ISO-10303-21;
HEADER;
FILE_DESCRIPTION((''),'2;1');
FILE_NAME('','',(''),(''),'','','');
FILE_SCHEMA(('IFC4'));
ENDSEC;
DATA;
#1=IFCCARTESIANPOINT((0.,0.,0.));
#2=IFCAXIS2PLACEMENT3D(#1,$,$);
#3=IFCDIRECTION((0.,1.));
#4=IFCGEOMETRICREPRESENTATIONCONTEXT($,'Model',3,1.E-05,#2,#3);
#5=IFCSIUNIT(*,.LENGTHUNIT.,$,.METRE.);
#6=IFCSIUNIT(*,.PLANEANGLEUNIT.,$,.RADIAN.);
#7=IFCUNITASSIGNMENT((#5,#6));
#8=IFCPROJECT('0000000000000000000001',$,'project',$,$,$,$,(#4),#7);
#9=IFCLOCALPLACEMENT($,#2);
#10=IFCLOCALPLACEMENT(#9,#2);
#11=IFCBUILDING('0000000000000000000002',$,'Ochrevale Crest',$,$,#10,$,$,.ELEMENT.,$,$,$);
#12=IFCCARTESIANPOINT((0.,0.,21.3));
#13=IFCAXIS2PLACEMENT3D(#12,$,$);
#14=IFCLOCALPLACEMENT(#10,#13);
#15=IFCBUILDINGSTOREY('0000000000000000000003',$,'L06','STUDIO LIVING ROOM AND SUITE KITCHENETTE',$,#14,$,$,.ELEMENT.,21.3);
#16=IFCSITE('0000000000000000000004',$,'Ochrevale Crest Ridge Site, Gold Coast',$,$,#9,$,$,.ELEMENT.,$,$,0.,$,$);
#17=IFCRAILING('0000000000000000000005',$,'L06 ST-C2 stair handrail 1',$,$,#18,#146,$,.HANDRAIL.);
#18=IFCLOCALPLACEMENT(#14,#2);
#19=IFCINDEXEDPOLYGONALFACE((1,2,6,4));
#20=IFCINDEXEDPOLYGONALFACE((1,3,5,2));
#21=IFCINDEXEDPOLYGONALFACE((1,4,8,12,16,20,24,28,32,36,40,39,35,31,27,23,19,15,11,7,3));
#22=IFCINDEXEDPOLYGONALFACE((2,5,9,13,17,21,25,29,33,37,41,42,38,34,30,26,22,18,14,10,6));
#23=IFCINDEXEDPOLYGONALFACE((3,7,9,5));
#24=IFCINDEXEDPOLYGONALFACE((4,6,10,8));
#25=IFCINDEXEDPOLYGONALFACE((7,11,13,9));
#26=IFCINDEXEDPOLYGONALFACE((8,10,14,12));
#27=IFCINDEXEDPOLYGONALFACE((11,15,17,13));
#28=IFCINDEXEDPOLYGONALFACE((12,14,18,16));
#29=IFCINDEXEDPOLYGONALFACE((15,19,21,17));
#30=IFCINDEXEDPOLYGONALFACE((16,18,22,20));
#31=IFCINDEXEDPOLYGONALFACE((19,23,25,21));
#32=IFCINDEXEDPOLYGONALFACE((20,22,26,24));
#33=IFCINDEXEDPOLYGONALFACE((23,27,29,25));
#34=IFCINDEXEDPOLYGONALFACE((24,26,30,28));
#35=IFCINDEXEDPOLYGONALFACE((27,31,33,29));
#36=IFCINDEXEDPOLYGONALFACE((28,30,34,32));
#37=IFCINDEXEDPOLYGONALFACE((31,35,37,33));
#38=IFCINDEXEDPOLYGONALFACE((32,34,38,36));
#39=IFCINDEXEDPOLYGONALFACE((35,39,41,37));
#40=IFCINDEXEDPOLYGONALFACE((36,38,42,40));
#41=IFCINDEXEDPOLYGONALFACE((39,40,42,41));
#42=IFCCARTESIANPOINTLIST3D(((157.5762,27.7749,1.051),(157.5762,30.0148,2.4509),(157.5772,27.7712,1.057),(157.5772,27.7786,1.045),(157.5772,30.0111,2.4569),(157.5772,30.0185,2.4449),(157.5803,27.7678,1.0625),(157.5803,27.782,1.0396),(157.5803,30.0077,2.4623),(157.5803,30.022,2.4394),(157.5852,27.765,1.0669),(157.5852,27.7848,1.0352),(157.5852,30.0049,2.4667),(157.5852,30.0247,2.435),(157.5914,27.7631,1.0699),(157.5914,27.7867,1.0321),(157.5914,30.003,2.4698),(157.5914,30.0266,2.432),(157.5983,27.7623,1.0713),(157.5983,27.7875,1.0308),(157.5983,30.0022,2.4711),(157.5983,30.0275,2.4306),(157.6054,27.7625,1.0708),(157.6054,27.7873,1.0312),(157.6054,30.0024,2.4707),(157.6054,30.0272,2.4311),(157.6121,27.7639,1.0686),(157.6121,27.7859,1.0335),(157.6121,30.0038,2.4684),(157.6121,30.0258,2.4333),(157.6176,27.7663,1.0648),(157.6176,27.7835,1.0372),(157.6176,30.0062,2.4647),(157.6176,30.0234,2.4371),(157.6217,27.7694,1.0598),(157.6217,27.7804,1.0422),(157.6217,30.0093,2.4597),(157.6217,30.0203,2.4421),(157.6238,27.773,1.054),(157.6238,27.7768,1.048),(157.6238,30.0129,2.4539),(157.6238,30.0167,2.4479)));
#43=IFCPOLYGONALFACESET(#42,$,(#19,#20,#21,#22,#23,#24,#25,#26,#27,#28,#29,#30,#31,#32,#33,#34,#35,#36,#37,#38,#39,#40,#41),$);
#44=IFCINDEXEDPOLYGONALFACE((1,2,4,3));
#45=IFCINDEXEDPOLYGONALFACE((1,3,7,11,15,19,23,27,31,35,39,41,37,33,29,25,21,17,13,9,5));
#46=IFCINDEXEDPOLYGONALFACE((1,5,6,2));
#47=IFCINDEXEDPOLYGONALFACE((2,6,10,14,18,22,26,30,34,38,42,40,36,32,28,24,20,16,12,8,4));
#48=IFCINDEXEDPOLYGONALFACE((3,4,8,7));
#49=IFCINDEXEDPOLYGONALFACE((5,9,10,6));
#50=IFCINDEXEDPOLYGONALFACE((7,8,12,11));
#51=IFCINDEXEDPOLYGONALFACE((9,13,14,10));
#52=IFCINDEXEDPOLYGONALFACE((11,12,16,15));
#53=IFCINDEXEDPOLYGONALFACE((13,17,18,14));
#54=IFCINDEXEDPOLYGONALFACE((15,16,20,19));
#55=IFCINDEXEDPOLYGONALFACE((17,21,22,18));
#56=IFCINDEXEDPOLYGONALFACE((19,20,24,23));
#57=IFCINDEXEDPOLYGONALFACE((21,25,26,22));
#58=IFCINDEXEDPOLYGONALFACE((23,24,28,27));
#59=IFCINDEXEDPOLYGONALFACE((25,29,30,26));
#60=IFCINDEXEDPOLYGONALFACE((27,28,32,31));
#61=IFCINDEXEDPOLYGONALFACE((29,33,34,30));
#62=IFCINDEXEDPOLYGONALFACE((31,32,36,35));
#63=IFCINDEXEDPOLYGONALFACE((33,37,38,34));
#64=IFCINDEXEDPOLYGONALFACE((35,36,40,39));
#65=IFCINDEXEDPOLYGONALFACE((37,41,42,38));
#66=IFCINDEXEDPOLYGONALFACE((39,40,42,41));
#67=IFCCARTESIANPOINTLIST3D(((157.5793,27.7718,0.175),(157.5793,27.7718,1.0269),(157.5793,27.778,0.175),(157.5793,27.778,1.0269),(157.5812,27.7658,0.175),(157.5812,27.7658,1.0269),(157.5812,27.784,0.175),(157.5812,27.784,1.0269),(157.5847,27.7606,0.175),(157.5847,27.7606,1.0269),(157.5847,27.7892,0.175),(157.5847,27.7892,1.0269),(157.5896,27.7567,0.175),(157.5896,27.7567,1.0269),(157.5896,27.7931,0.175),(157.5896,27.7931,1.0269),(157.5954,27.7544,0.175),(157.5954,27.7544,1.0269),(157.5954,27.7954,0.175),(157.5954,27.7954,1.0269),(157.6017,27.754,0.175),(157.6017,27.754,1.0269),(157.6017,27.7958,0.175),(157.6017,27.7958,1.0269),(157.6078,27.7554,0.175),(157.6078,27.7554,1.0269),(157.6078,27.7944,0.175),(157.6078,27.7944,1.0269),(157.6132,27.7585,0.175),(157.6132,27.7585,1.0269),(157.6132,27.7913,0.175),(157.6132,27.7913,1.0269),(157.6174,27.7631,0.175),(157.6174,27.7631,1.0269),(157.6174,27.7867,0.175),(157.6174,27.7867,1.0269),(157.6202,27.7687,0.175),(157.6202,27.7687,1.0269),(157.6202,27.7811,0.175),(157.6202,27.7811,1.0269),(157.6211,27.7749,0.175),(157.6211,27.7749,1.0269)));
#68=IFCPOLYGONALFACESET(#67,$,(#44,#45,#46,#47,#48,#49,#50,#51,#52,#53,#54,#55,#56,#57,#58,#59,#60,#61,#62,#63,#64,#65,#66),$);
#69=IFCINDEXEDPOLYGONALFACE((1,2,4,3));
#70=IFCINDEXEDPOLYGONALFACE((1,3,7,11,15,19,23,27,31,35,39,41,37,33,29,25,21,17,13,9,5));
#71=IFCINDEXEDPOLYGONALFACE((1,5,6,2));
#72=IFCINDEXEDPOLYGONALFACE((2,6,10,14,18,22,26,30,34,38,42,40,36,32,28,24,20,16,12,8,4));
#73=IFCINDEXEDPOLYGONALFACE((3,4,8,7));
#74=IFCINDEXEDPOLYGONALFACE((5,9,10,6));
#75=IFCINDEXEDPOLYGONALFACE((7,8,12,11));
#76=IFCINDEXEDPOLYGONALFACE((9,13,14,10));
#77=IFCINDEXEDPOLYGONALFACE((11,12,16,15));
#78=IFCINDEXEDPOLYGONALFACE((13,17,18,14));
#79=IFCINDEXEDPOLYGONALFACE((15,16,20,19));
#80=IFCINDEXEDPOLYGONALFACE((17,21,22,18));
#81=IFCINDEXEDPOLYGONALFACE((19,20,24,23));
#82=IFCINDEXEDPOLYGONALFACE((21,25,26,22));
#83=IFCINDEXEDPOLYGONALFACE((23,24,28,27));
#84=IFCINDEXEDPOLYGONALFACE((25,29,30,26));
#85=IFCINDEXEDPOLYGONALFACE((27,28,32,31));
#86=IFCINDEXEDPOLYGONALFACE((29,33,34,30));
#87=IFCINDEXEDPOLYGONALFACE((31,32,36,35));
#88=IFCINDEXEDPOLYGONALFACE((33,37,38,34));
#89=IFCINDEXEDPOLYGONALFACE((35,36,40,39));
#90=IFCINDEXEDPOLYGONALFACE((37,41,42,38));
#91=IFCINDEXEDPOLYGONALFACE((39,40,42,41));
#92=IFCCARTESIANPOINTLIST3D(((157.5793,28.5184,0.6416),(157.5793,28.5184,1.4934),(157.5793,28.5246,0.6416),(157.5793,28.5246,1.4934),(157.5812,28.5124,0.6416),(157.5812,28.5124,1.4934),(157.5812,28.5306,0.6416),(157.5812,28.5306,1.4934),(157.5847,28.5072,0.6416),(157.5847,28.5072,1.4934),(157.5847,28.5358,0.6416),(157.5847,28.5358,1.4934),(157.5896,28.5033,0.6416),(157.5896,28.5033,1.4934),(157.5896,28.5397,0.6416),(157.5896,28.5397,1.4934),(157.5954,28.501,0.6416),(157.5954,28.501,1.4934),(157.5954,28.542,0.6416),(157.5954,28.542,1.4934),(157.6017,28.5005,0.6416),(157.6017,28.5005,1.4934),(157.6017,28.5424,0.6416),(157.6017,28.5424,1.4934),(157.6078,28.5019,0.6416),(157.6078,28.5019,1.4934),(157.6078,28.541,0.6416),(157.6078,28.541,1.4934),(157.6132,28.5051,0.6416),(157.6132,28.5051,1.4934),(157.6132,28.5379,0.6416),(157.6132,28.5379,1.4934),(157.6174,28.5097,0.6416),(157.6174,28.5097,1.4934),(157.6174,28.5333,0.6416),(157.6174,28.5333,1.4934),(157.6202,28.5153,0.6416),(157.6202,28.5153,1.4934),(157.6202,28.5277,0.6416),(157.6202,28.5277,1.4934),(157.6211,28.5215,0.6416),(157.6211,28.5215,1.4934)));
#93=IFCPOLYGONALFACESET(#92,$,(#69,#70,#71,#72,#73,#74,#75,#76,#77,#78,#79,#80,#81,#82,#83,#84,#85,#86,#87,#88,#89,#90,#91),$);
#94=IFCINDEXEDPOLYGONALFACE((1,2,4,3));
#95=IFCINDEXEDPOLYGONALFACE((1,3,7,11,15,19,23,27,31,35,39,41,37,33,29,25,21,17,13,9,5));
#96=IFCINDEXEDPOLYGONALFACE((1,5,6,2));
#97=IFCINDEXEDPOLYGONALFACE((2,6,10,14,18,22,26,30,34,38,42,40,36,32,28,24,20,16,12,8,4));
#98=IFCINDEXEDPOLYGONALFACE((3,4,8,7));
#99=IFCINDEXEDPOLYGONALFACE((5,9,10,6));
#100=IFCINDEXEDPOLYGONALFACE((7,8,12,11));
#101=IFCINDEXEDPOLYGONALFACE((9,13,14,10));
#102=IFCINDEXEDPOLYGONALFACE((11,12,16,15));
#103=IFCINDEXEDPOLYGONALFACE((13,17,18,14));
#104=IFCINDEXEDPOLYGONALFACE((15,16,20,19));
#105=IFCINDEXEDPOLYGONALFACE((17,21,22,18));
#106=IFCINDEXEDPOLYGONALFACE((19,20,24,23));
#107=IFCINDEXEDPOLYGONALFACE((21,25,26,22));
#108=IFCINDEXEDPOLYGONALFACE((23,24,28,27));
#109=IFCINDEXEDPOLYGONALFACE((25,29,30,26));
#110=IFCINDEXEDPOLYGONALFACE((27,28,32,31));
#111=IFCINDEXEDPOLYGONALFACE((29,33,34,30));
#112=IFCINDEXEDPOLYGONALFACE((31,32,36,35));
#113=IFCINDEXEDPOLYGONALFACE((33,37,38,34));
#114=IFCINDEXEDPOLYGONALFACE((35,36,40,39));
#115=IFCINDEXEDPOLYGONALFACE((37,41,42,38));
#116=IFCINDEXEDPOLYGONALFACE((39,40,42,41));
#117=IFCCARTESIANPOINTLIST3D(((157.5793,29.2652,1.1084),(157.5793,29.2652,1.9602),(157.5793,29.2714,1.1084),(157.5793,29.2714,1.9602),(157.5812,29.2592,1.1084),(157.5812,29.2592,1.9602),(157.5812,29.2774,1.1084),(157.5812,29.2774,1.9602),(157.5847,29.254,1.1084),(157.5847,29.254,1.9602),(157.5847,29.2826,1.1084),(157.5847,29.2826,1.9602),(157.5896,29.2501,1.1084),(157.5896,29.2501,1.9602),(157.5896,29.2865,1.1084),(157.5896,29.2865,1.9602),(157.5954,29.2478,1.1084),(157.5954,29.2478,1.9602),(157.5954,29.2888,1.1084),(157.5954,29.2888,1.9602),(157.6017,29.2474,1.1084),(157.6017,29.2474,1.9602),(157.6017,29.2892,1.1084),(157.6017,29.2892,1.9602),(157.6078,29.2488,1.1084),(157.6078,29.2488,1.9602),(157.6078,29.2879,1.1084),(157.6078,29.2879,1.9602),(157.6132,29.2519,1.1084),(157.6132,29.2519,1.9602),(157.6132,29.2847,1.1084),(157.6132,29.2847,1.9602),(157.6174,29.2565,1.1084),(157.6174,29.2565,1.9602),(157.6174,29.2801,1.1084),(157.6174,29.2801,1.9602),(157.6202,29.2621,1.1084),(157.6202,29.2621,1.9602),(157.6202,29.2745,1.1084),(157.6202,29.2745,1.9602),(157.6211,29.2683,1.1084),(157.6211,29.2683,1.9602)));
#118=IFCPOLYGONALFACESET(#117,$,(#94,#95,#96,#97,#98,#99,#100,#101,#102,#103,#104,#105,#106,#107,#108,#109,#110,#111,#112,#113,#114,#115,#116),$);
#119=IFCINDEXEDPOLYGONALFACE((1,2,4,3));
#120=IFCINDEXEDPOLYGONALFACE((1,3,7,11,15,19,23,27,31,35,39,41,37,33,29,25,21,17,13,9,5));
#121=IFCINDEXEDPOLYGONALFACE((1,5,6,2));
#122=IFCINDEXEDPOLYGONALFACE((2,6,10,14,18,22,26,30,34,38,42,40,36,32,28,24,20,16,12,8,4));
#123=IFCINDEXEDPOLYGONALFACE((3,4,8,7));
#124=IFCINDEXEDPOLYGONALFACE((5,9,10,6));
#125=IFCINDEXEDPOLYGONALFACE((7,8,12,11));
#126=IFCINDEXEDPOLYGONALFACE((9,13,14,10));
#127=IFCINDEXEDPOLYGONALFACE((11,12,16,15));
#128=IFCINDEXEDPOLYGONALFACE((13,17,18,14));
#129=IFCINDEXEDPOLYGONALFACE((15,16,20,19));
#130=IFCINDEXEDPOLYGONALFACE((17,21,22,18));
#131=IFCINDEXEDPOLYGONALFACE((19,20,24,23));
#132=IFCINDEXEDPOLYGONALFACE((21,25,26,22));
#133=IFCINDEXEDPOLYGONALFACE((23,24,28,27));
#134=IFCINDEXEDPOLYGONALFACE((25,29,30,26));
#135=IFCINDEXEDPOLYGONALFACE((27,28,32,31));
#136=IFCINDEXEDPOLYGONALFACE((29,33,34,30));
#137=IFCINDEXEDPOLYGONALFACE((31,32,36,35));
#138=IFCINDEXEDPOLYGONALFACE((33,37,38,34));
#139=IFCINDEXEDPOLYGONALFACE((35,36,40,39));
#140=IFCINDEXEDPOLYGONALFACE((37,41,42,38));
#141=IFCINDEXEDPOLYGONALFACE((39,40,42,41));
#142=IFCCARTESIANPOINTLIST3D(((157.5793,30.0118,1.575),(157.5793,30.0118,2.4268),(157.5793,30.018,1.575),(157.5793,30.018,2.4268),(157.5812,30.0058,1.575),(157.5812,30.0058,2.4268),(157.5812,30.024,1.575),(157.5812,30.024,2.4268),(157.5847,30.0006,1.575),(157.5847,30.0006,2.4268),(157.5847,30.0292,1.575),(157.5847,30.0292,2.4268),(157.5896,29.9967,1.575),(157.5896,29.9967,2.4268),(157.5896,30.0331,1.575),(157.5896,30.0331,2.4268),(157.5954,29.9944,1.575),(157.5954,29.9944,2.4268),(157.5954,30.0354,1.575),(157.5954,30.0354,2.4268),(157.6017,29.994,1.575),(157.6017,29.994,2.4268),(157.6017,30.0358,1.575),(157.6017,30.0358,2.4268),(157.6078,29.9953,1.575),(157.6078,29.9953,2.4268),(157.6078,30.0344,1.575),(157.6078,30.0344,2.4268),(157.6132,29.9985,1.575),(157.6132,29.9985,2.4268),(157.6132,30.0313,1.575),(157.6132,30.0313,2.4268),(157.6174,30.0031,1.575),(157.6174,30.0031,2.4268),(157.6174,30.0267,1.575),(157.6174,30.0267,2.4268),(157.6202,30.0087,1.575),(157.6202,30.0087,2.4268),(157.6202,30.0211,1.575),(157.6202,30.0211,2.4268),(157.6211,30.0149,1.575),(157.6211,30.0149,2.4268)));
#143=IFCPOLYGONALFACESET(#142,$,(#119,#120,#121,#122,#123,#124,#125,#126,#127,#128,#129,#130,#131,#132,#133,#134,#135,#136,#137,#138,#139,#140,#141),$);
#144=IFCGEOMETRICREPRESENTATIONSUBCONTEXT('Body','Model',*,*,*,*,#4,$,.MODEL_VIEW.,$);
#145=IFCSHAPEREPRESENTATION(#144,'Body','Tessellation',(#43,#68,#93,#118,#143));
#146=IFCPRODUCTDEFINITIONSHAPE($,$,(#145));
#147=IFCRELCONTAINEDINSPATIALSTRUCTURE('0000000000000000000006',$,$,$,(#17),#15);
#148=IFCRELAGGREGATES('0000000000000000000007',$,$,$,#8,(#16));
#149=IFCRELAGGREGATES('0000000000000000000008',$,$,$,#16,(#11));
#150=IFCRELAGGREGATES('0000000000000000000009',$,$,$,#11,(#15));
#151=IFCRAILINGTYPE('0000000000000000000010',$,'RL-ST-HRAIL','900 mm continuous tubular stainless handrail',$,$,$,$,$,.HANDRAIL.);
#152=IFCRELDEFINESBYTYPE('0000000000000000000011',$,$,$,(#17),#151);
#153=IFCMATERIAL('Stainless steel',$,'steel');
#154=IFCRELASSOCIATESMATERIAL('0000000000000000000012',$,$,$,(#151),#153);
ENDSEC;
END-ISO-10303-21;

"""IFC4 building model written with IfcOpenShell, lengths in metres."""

from ifc_helpers import new_model, si_unit, direction, frame, origin, origin_2d, place, context, subcontext, project, spatial, circle, extrude, material, type_object, element, save


model = new_model("IFC4")

# Units and contexts
model_context = context("Model", 3, precision=1e-05, world=origin(), true_north=direction((0.0, 1.0)))
body_context = subcontext(model_context, "Body", "Model", "MODEL_VIEW")
ifc_project = project(units=[si_unit("LENGTHUNIT", "METRE"), si_unit("PLANEANGLEUNIT", "RADIAN")], contexts=[model_context])

# Site, building, storey
site_placement = place(None, origin())
site = spatial("IfcSite", under=ifc_project, at=site_placement, Name="Ochrevale Crest Ridge Site, Gold Coast", CompositionType="ELEMENT", RefElevation=0.0)
building_placement = place(site_placement, origin())
building = spatial("IfcBuilding", under=site, at=building_placement, Name="Ochrevale Crest", CompositionType="ELEMENT")
storey_placement = place(building_placement, frame((0.0, 0.0, 21.3)))
storey = spatial("IfcBuildingStorey", under=building, at=storey_placement, Name="L06", Description="STUDIO LIVING ROOM AND SUITE KITCHENETTE", CompositionType="ELEMENT", Elevation=21.3)

# Railing
ifc_material_1 = material(Name="Stainless steel", Category="steel")
railing_type_1 = type_object("IfcRailingType", Name="RL-ST-HRAIL", Description="900 mm continuous tubular stainless handrail", PredefinedType="HANDRAIL", material=ifc_material_1)
railing_1_placement = place(storey_placement, frame((157.6001, 27.7749, 0.175)))
element("IfcRailing", 1, at=railing_1_placement, inside=storey, type_object=railing_type_1, Name="L06 ST-C2 stair handrail 1", PredefinedType="HANDRAIL", context=body_context, shape_type="SweptSolid", body=[
    extrude(circle(Radius=0.0239, at=origin_2d()), frame((0.0, 0.0, 0.876), z_axis=(0.0, 0.848014, 0.529974), x_axis=(-1.0, 0.0, 0.0)), (0.0, 0.0, 1.0), 2.6414),
    extrude(circle(Radius=0.021, at=origin_2d()), origin(), (0.0, 0.0, 1.0), 0.8518),
    extrude(circle(Radius=0.021, at=origin_2d()), frame((0.0, 0.7466, 0.4666)), (0.0, 0.0, 1.0), 0.8518),
    extrude(circle(Radius=0.021, at=origin_2d()), frame((0.0, 1.4934, 0.9333)), (0.0, 0.0, 1.0), 0.8518),
    extrude(circle(Radius=0.021, at=origin_2d()), frame((0.0, 2.24, 1.3999)), (0.0, 0.0, 1.0), 0.8518),
])

save(model, "model.ifc")
